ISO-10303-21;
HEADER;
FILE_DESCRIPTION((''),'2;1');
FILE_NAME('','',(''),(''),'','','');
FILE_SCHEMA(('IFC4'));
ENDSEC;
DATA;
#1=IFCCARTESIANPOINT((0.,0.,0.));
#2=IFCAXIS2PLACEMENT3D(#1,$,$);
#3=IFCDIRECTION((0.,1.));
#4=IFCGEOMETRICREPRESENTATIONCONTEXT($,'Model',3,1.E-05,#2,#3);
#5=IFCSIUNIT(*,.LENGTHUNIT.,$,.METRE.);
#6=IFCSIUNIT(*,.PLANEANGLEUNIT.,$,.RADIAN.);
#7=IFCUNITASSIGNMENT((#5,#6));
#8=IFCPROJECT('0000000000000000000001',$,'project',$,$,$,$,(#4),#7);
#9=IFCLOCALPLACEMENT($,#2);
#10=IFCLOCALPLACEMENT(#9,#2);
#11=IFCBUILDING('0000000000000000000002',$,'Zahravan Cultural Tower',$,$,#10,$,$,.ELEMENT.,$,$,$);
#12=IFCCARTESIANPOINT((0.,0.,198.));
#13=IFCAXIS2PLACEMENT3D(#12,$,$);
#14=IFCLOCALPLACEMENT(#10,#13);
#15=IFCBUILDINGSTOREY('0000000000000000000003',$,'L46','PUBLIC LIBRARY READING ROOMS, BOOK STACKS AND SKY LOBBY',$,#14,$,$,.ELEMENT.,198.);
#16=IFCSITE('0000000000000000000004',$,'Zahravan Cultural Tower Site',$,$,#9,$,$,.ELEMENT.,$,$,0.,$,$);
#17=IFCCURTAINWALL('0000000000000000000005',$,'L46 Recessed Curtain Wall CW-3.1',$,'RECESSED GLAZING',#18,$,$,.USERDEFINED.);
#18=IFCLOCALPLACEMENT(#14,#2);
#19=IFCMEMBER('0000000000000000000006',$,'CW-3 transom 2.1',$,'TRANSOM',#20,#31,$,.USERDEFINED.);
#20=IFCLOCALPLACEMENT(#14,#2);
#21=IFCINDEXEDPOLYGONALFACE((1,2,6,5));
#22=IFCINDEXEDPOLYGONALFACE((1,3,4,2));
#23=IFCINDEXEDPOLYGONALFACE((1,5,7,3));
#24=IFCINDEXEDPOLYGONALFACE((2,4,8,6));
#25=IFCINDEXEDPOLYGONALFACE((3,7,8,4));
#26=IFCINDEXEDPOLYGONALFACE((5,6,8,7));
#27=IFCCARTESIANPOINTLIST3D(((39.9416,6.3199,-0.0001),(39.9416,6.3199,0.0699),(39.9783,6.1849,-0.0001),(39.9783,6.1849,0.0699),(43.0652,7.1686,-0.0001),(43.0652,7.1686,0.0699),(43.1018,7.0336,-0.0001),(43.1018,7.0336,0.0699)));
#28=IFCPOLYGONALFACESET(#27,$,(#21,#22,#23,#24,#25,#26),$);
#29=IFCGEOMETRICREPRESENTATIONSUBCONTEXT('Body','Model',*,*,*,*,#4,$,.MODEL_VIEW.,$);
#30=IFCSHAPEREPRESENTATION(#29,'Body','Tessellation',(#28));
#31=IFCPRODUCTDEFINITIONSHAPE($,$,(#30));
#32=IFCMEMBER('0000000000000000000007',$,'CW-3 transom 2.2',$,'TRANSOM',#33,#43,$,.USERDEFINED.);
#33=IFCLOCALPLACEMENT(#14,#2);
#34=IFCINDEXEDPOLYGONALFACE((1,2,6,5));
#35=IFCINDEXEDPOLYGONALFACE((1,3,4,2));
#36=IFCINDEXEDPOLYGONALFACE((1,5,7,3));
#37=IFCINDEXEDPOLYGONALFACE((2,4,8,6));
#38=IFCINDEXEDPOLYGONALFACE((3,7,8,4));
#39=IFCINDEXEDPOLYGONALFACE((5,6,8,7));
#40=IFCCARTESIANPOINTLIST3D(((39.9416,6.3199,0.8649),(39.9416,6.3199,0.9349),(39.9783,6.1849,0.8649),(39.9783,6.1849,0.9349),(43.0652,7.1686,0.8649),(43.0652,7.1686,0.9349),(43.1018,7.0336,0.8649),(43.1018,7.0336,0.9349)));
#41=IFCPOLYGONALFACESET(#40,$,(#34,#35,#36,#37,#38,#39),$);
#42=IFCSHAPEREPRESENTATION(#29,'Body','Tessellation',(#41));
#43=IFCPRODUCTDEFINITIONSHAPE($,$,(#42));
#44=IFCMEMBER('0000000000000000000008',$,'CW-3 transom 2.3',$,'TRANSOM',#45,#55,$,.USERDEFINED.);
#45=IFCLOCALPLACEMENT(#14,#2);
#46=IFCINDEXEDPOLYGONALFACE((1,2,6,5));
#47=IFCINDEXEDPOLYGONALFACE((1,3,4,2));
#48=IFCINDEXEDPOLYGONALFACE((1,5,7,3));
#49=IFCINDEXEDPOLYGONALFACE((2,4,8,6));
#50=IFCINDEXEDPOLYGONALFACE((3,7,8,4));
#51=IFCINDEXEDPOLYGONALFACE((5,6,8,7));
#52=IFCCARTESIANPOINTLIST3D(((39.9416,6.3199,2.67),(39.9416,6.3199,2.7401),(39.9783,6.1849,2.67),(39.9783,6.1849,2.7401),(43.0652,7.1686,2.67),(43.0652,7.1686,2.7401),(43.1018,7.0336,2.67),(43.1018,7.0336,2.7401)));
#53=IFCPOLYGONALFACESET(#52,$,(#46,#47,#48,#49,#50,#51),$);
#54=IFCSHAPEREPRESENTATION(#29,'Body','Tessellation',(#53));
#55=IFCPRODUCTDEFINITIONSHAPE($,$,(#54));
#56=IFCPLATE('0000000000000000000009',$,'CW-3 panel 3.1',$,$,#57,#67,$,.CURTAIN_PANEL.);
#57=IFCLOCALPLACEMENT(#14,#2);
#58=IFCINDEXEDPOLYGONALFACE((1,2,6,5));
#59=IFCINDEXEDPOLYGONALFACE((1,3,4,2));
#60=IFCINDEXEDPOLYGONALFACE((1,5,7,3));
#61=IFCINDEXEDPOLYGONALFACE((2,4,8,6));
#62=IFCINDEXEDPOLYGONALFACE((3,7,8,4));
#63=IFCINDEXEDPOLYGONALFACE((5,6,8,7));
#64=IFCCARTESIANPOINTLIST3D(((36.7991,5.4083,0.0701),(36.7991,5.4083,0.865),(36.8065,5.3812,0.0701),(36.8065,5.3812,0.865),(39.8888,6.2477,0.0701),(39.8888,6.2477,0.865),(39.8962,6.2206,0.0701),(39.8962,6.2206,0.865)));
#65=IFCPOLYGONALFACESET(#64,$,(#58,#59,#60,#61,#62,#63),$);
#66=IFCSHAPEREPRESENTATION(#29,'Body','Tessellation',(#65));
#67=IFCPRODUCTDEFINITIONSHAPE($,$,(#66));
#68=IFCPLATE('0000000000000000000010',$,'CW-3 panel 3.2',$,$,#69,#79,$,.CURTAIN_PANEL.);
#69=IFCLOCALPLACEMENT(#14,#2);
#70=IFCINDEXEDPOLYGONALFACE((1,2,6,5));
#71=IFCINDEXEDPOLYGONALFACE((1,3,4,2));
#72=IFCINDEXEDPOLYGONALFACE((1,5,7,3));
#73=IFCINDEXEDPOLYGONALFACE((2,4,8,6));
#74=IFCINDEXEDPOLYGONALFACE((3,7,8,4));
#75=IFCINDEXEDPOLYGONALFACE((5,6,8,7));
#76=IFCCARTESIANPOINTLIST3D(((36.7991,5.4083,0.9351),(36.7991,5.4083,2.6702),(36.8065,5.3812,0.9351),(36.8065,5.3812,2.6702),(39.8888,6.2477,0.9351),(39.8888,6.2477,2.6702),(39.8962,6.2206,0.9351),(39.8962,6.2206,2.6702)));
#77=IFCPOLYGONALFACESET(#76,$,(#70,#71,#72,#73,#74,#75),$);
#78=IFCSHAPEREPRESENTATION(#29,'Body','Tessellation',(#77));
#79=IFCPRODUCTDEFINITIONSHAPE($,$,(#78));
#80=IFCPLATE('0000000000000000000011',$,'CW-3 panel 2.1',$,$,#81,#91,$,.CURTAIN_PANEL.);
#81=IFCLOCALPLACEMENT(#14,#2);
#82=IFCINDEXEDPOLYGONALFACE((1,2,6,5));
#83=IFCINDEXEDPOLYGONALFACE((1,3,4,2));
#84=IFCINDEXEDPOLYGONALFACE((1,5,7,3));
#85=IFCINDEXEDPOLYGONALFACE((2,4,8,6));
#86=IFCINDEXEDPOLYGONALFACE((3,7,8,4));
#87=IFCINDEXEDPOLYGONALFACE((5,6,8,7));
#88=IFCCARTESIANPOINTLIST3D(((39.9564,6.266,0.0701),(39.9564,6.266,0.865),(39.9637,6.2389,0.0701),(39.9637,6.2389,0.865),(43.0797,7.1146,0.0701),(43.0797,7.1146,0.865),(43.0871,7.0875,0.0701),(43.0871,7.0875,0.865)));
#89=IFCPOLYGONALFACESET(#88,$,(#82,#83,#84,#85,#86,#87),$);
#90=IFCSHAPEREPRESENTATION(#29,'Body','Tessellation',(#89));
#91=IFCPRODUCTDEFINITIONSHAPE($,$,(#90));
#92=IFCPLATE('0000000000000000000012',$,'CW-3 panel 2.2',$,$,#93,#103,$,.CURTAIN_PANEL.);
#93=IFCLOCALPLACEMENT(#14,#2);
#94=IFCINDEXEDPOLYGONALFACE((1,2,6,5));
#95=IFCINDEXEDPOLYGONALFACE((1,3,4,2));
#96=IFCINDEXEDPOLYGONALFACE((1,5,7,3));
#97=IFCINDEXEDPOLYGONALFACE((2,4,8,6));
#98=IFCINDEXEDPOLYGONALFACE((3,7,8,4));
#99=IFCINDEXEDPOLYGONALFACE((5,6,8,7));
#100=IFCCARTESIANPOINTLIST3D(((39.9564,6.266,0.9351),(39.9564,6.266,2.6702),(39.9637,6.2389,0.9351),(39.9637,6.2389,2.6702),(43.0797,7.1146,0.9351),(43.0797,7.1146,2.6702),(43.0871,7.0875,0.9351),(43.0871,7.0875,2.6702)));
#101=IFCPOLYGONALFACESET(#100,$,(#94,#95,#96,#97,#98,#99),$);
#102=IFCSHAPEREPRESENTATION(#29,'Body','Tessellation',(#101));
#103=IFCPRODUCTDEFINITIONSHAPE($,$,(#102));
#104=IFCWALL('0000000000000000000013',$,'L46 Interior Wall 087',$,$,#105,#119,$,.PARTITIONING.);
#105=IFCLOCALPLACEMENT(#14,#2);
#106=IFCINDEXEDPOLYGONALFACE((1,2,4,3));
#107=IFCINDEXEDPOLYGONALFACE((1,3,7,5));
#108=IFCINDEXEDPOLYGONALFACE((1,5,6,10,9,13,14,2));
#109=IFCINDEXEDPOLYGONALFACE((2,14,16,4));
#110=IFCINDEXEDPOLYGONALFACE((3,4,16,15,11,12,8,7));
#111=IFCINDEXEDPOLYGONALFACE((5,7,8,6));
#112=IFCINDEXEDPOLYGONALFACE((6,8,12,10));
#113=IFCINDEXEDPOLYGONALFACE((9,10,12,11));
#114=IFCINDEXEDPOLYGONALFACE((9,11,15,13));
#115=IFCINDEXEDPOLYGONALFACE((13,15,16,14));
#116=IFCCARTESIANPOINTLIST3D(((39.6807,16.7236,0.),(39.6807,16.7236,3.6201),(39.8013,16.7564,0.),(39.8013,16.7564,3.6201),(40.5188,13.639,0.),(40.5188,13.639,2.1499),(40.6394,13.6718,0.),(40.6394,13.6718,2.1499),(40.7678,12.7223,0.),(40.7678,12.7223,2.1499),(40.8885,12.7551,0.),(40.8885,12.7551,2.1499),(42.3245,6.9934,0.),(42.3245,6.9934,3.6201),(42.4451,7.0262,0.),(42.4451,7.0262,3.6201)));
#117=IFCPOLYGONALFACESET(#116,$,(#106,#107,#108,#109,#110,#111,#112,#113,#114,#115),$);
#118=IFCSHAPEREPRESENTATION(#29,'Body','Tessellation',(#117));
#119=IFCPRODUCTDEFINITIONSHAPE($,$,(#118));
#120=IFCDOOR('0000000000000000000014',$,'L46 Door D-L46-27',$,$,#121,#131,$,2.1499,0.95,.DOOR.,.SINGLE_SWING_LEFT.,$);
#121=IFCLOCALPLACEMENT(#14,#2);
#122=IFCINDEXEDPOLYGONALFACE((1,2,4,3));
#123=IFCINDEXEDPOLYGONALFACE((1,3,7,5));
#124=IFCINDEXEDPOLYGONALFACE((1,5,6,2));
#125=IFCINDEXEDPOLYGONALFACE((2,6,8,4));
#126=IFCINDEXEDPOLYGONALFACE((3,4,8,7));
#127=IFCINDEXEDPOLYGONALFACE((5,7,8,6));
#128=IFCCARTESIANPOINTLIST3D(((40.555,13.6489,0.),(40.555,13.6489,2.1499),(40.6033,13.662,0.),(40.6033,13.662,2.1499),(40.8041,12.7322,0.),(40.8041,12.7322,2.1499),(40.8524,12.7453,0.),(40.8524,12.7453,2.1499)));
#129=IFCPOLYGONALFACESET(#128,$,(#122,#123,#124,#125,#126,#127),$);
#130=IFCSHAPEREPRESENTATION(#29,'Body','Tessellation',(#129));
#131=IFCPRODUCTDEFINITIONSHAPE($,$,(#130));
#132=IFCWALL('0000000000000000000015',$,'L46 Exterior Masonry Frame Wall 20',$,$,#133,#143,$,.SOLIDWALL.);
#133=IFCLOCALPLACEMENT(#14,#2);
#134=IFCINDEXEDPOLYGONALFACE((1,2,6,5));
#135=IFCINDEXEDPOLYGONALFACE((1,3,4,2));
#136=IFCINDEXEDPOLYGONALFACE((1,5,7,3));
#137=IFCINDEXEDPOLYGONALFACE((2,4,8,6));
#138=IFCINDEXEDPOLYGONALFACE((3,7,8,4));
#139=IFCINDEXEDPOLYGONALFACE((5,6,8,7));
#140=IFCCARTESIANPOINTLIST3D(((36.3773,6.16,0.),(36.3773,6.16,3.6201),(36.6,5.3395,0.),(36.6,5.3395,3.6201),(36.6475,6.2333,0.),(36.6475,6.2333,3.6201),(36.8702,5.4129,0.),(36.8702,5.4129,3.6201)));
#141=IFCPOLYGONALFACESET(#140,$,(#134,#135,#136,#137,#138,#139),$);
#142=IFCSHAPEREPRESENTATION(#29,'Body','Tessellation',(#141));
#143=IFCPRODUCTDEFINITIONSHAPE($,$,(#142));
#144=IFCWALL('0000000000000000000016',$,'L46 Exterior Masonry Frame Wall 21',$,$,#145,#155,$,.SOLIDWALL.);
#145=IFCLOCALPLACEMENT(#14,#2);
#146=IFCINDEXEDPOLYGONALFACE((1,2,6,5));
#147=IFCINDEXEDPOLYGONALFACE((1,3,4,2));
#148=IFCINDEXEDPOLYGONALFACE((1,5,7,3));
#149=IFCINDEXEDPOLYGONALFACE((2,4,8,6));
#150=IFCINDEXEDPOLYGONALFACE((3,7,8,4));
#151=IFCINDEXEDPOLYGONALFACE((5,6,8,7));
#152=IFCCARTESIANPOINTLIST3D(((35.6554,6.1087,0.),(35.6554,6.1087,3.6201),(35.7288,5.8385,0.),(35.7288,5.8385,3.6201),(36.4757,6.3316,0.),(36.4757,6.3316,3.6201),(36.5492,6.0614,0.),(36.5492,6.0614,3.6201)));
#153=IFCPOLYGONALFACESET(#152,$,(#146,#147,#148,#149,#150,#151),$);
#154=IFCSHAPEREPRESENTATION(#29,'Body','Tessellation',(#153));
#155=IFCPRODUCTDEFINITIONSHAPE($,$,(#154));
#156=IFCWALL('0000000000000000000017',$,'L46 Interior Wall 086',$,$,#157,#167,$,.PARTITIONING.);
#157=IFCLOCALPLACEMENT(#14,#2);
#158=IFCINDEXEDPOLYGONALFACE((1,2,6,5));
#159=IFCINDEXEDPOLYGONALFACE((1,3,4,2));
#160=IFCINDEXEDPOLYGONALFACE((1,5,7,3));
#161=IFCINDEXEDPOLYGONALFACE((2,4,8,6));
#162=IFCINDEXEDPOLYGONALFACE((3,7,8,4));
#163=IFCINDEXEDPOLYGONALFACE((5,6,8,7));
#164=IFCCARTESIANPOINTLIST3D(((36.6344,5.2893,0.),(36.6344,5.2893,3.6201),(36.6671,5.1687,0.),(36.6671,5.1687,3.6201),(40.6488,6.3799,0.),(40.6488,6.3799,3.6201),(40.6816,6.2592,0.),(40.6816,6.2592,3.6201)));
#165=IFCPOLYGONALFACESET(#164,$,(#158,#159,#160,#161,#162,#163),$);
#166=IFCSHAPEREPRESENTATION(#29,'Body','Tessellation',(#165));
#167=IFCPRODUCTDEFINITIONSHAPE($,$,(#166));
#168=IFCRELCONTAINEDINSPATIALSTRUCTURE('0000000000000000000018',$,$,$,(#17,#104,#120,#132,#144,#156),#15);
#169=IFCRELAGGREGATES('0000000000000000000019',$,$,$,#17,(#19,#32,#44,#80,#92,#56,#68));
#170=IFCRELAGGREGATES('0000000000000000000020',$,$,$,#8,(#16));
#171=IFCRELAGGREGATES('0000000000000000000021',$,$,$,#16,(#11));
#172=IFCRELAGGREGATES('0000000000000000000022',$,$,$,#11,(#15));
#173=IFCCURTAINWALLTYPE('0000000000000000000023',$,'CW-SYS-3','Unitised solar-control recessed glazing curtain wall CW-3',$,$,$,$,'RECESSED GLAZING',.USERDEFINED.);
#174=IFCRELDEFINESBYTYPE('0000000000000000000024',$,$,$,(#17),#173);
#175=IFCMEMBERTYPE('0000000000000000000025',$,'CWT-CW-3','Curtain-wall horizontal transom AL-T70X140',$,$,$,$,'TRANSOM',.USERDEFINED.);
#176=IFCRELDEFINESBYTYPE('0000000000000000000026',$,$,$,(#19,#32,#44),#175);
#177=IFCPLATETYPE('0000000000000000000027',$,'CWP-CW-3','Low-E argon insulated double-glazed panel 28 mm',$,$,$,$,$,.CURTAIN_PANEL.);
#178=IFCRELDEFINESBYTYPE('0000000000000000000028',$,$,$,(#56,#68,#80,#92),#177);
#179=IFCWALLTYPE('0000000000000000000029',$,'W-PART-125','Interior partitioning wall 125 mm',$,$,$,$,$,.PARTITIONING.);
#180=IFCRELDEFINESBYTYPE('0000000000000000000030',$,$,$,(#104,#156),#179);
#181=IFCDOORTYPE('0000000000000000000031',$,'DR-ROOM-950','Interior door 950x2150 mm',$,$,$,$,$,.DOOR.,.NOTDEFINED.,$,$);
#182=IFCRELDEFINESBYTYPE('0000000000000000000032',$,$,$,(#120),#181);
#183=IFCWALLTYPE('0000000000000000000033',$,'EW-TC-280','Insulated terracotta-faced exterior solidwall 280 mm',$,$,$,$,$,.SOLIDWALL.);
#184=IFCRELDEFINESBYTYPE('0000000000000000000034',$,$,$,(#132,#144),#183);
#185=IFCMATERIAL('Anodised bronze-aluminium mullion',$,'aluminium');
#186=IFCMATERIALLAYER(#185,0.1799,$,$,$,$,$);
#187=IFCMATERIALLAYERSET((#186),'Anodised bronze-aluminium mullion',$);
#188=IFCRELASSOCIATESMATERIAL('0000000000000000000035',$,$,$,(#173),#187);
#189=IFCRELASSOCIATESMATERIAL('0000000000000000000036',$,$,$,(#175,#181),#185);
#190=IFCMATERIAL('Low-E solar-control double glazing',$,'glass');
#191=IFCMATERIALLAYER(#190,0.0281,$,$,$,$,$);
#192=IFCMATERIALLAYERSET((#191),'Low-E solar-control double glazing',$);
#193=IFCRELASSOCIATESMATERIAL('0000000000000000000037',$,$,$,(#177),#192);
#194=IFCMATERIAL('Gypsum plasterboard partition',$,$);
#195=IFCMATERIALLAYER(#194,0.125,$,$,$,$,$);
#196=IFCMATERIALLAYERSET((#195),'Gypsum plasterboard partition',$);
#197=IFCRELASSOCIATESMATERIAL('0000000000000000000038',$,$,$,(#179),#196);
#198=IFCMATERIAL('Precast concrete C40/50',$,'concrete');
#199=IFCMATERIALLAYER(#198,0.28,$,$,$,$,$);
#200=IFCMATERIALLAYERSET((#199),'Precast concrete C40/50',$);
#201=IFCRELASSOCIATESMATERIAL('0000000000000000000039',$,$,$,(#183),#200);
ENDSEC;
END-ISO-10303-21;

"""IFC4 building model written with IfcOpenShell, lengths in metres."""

from ifc_helpers import new_model, si_unit, direction, frame, frame_2d, origin, origin_2d, place, context, subcontext, project, spatial, rectangle, extrude, source, transform, mapped, material, layer, layer_set, material_profile, profile_set, type_object, element, fill, aggregate, save


model = new_model("IFC4")

# Units and contexts
model_context = context("Model", 3, precision=1e-05, world=origin(), true_north=direction((0.0, 1.0)))
body_context = subcontext(model_context, "Body", "Model", "MODEL_VIEW")
ifc_project = project(units=[si_unit("LENGTHUNIT", "METRE"), si_unit("PLANEANGLEUNIT", "RADIAN")], contexts=[model_context])

# Site, building, storey
site_placement = place(None, origin())
site = spatial("IfcSite", under=ifc_project, at=site_placement, Name="Zahravan Cultural Tower Site", CompositionType="ELEMENT", RefElevation=0.0)
building_placement = place(site_placement, origin())
building = spatial("IfcBuilding", under=site, at=building_placement, Name="Zahravan Cultural Tower", CompositionType="ELEMENT")
storey_placement = place(building_placement, frame((0.0, 0.0, 198.0)))
storey = spatial("IfcBuildingStorey", under=building, at=storey_placement, Name="L46", Description="PUBLIC LIBRARY READING ROOMS, BOOK STACKS AND SKY LOBBY", CompositionType="ELEMENT", Elevation=198.0)

# Curtain wall, members, plates
ifc_material_1 = material(Name="Anodised bronze-aluminium mullion", Category="aluminium")
ifc_layer_1 = layer(ifc_material_1, 0.1799)
ifc_layer_set_1 = layer_set([ifc_layer_1], Name="Anodised bronze-aluminium mullion")
curtain_wall_type = type_object("IfcCurtainWallType", Name="CW-SYS-3", Description="Unitised solar-control recessed glazing curtain wall CW-3", ElementType="RECESSED GLAZING", PredefinedType="USERDEFINED", material=ifc_layer_set_1)
curtain_wall_placement = place(storey_placement, origin())
curtain_wall = element("IfcCurtainWall", 1, at=curtain_wall_placement, inside=storey, type_object=curtain_wall_type, Name="L46 Recessed Curtain Wall CW-3.1", ObjectType="RECESSED GLAZING", PredefinedType="USERDEFINED")
ifc_material_profile_1 = material_profile(ifc_material_1, rectangle(XDim=0.1399, YDim=0.0701, at=origin_2d()), Name="AL-T70X140")
ifc_profile_set_1 = profile_set([ifc_material_profile_1], Name="Anodised bronze-aluminium mullion")
member_type_1 = type_object("IfcMemberType", Name="CWT-CW-3", Description="Curtain-wall horizontal transom AL-T70X140", ElementType="TRANSOM", PredefinedType="USERDEFINED", material=ifc_profile_set_1)
shared_shape_1 = source(origin(), body_context, "Body", "SweptSolid", [
    extrude(rectangle(XDim=0.1399, YDim=0.0701, at=origin_2d()), origin(), (0.0, 0.0, 1.0), 3.2368),
])
member_1_placement = place(storey_placement, frame((43.0835, 7.1011, 0.0349), z_axis=(-0.965018, -0.262185, 0.0), x_axis=(0.262185, -0.965018, 0.0)))
member_1 = element("IfcMember", 2, at=member_1_placement, type_object=member_type_1, Name="CW-3 transom 2.1", ObjectType="TRANSOM", PredefinedType="USERDEFINED", context=body_context, shape_type="MappedRepresentation", body=[
    mapped(shared_shape_1, transform((0.0, 0.0, 0.0), x_axis=(1.0, 0.0, 0.0), y_axis=(0.0, 1.0, 0.0), z_axis=(0.0, 0.0, 1.0), scale=1.0)),
])
member_2_placement = place(storey_placement, frame((43.0835, 7.1011, 0.8999), z_axis=(-0.965018, -0.262185, 0.0), x_axis=(0.262185, -0.965018, 0.0)))
member_2 = element("IfcMember", 3, at=member_2_placement, type_object=member_type_1, Name="CW-3 transom 2.2", ObjectType="TRANSOM", PredefinedType="USERDEFINED", context=body_context, shape_type="MappedRepresentation", body=[
    mapped(shared_shape_1, transform((0.0, 0.0, 0.0), x_axis=(1.0, 0.0, 0.0), y_axis=(0.0, 1.0, 0.0), z_axis=(0.0, 0.0, 1.0), scale=1.0)),
])
member_3_placement = place(storey_placement, frame((43.0835, 7.1011, 2.7051), z_axis=(-0.965018, -0.262185, 0.0), x_axis=(0.262185, -0.965018, 0.0)))
member_3 = element("IfcMember", 4, at=member_3_placement, type_object=member_type_1, Name="CW-3 transom 2.3", ObjectType="TRANSOM", PredefinedType="USERDEFINED", context=body_context, shape_type="MappedRepresentation", body=[
    mapped(shared_shape_1, transform((0.0, 0.0, 0.0), x_axis=(1.0, 0.0, 0.0), y_axis=(0.0, 1.0, 0.0), z_axis=(0.0, 0.0, 1.0), scale=1.0)),
])
ifc_material_2 = material(Name="Low-E solar-control double glazing", Category="glass")
ifc_layer_2 = layer(ifc_material_2, 0.0281)
ifc_layer_set_2 = layer_set([ifc_layer_2], Name="Low-E solar-control double glazing")
plate_type = type_object("IfcPlateType", Name="CWP-CW-3", Description="Low-E argon insulated double-glazed panel 28 mm", PredefinedType="CURTAIN_PANEL", material=ifc_layer_set_2)
shared_shape_2 = source(origin(), body_context, "Body", "SweptSolid", [
    extrude(rectangle(XDim=3.2017, YDim=0.0281, at=origin_2d()), origin(), (0.0, 0.0, 1.0), 0.7949),
])
plate_1_placement = place(storey_placement, frame((38.3477, 5.8145, 0.0701), z_axis=(0.0, 0.0, 1.0), x_axis=(-0.965017, -0.262187, 0.0)))
plate_1 = element("IfcPlate", 5, at=plate_1_placement, type_object=plate_type, Name="CW-3 panel 3.1", PredefinedType="CURTAIN_PANEL", context=body_context, shape_type="MappedRepresentation", body=[
    mapped(shared_shape_2, transform((0.0, 0.0, 0.0), x_axis=(1.0, 0.0, 0.0), y_axis=(0.0, 1.0, 0.0), z_axis=(0.0, 0.0, 1.0), scale=1.0)),
])
shared_shape_3 = source(origin(), body_context, "Body", "SweptSolid", [
    extrude(rectangle(XDim=3.2017, YDim=0.0281, at=origin_2d()), origin(), (0.0, 0.0, 1.0), 1.7351),
])
plate_2_placement = place(storey_placement, frame((38.3477, 5.8145, 0.9351), z_axis=(0.0, 0.0, 1.0), x_axis=(-0.965017, -0.262187, 0.0)))
plate_2 = element("IfcPlate", 6, at=plate_2_placement, type_object=plate_type, Name="CW-3 panel 3.2", PredefinedType="CURTAIN_PANEL", context=body_context, shape_type="MappedRepresentation", body=[
    mapped(shared_shape_3, transform((0.0, 0.0, 0.0), x_axis=(1.0, 0.0, 0.0), y_axis=(0.0, 1.0, 0.0), z_axis=(0.0, 0.0, 1.0), scale=1.0)),
])
shared_shape_4 = source(origin(), body_context, "Body", "SweptSolid", [
    extrude(rectangle(XDim=3.2366, YDim=0.0281, at=origin_2d()), origin(), (0.0, 0.0, 1.0), 0.7949),
])
plate_3_placement = place(storey_placement, frame((41.5217, 6.6768, 0.0701), z_axis=(0.0, 0.0, 1.0), x_axis=(-0.965017, -0.262187, 0.0)))
plate_3 = element("IfcPlate", 7, at=plate_3_placement, type_object=plate_type, Name="CW-3 panel 2.1", PredefinedType="CURTAIN_PANEL", context=body_context, shape_type="MappedRepresentation", body=[
    mapped(shared_shape_4, transform((0.0, 0.0, 0.0), x_axis=(1.0, 0.0, 0.0), y_axis=(0.0, 1.0, 0.0), z_axis=(0.0, 0.0, 1.0), scale=1.0)),
])
shared_shape_5 = source(origin(), body_context, "Body", "SweptSolid", [
    extrude(rectangle(XDim=3.2366, YDim=0.0281, at=origin_2d()), origin(), (0.0, 0.0, 1.0), 1.7351),
])
plate_4_placement = place(storey_placement, frame((41.5217, 6.6768, 0.9351), z_axis=(0.0, 0.0, 1.0), x_axis=(-0.965017, -0.262187, 0.0)))
plate_4 = element("IfcPlate", 8, at=plate_4_placement, type_object=plate_type, Name="CW-3 panel 2.2", PredefinedType="CURTAIN_PANEL", context=body_context, shape_type="MappedRepresentation", body=[
    mapped(shared_shape_5, transform((0.0, 0.0, 0.0), x_axis=(1.0, 0.0, 0.0), y_axis=(0.0, 1.0, 0.0), z_axis=(0.0, 0.0, 1.0), scale=1.0)),
])
aggregate(curtain_wall, [member_1, member_2, member_3, plate_3, plate_4, plate_1, plate_2])

# Wall, opening, door
ifc_material_3 = material(Name="Gypsum plasterboard partition")
ifc_layer_3 = layer(ifc_material_3, 0.125)
ifc_layer_set_3 = layer_set([ifc_layer_3], Name="Gypsum plasterboard partition")
wall_type_1 = type_object("IfcWallType", Name="W-PART-125", Description="Interior partitioning wall 125 mm", PredefinedType="PARTITIONING", material=ifc_layer_set_3)
wall_1_placement = place(storey_placement, frame((42.3848, 7.0098, 0.0), z_axis=(0.0, 0.0, 1.0), x_axis=(-0.262204, 0.965013, 0.0)))
wall_1 = element("IfcWall", 9, at=wall_1_placement, inside=storey, type_object=wall_type_1, Name="L46 Interior Wall 087", PredefinedType="PARTITIONING", context=body_context, shape_type="SweptSolid", body=[
    extrude(rectangle(XDim=10.083, YDim=0.125, at=frame_2d((5.0415, 0.0))), origin(), (0.0, 0.0, 1.0), 3.6201),
])
opening_placement = place(wall_1_placement, frame((5.9365, 0.0, 0.0)))
opening = element("IfcOpeningElement", 10, at=opening_placement, cuts=wall_1, PredefinedType="OPENING", context=body_context, shape_type="SweptSolid", body=[
    extrude(rectangle(XDim=0.95, YDim=2.1499, at=frame_2d((0.4751, 1.075))), frame((0.0, 0.0725, 0.0), z_axis=(0.0, -1.0, 0.0), x_axis=(1.0, 0.0, 0.0)), (0.0, 0.0, 1.0), 0.145),
])
door_type = type_object("IfcDoorType", Name="DR-ROOM-950", Description="Interior door 950x2150 mm", OperationType="NOTDEFINED", PredefinedType="DOOR", material=ifc_material_1)
shared_shape_6 = source(origin(), body_context, "Body", "SweptSolid", [
    extrude(rectangle(XDim=0.95, YDim=2.1499, at=frame_2d((0.4751, 1.075))), frame((0.0, 0.0249, 0.0), z_axis=(0.0, -1.0, 0.0), x_axis=(1.0, 0.0, 0.0)), (0.0, 0.0, 1.0), 0.05),
])
door_placement = place(opening_placement, origin())
door = element("IfcDoor", 11, at=door_placement, inside=storey, type_object=door_type, Name="L46 Door D-L46-27", OperationType="SINGLE_SWING_LEFT", OverallHeight=2.1499, OverallWidth=0.95, PredefinedType="DOOR", context=body_context, shape_type="MappedRepresentation", body=[
    mapped(shared_shape_6, transform((0.0, 0.0, 0.0), x_axis=(1.0, 0.0, 0.0), y_axis=(0.0, 1.0, 0.0), z_axis=(0.0, 0.0, 1.0), scale=1.0)),
])
fill(opening, door)

# Walls
ifc_material_4 = material(Name="Precast concrete C40/50", Category="concrete")
ifc_layer_4 = layer(ifc_material_4, 0.28)
ifc_layer_set_4 = layer_set([ifc_layer_4], Name="Precast concrete C40/50")
wall_type_2 = type_object("IfcWallType", Name="EW-TC-280", Description="Insulated terracotta-faced exterior solidwall 280 mm", PredefinedType="SOLIDWALL", material=ifc_layer_set_4)
shared_shape_7 = source(origin(), body_context, "Body", "SweptSolid", [
    extrude(rectangle(XDim=0.8501, YDim=0.28, at=frame_2d((0.425, 0.0))), origin(), (0.0, 0.0, 1.0), 3.6201),
])
for number, where, z_axis, x_axis, name in (
    (12, (36.7351, 5.3762, 0.0), (0.0, 0.0, 1.0), (-0.261951, 0.965081, 0.0), "L46 Exterior Masonry Frame Wall 20"),
    (13, (36.5125, 6.1965, 0.0), (0.0, 0.0, 1.0), (-0.965009, -0.262218, 0.0), "L46 Exterior Masonry Frame Wall 21"),
):
    element("IfcWall", number, at=place(storey_placement, frame(where, z_axis=z_axis, x_axis=x_axis)), inside=storey, type_object=wall_type_2, Name=name, PredefinedType="SOLIDWALL", context=body_context, shape_type="MappedRepresentation", body=[
        mapped(shared_shape_7, transform((0.0, 0.0, 0.0), x_axis=(1.0, 0.0, 0.0), y_axis=(0.0, 1.0, 0.0), z_axis=(0.0, 0.0, 1.0), scale=1.0)),
    ])
shared_shape_8 = source(origin(), body_context, "Body", "SweptSolid", [
    extrude(rectangle(XDim=4.1599, YDim=0.125, at=frame_2d((2.0801, 0.0))), origin(), (0.0, 0.0, 1.0), 3.6201),
])
wall_2_placement = place(storey_placement, frame((40.6653, 6.3196, 0.0), z_axis=(0.0, 0.0, 1.0), x_axis=(-0.965023, -0.262164, 0.0)))
element("IfcWall", 14, at=wall_2_placement, inside=storey, type_object=wall_type_1, Name="L46 Interior Wall 086", PredefinedType="PARTITIONING", context=body_context, shape_type="MappedRepresentation", body=[
    mapped(shared_shape_8, transform((0.0, 0.0, 0.0), x_axis=(1.0, 0.0, 0.0), y_axis=(0.0, 1.0, 0.0), z_axis=(0.0, 0.0, 1.0), scale=1.0)),
])

save(model, "model.ifc")
